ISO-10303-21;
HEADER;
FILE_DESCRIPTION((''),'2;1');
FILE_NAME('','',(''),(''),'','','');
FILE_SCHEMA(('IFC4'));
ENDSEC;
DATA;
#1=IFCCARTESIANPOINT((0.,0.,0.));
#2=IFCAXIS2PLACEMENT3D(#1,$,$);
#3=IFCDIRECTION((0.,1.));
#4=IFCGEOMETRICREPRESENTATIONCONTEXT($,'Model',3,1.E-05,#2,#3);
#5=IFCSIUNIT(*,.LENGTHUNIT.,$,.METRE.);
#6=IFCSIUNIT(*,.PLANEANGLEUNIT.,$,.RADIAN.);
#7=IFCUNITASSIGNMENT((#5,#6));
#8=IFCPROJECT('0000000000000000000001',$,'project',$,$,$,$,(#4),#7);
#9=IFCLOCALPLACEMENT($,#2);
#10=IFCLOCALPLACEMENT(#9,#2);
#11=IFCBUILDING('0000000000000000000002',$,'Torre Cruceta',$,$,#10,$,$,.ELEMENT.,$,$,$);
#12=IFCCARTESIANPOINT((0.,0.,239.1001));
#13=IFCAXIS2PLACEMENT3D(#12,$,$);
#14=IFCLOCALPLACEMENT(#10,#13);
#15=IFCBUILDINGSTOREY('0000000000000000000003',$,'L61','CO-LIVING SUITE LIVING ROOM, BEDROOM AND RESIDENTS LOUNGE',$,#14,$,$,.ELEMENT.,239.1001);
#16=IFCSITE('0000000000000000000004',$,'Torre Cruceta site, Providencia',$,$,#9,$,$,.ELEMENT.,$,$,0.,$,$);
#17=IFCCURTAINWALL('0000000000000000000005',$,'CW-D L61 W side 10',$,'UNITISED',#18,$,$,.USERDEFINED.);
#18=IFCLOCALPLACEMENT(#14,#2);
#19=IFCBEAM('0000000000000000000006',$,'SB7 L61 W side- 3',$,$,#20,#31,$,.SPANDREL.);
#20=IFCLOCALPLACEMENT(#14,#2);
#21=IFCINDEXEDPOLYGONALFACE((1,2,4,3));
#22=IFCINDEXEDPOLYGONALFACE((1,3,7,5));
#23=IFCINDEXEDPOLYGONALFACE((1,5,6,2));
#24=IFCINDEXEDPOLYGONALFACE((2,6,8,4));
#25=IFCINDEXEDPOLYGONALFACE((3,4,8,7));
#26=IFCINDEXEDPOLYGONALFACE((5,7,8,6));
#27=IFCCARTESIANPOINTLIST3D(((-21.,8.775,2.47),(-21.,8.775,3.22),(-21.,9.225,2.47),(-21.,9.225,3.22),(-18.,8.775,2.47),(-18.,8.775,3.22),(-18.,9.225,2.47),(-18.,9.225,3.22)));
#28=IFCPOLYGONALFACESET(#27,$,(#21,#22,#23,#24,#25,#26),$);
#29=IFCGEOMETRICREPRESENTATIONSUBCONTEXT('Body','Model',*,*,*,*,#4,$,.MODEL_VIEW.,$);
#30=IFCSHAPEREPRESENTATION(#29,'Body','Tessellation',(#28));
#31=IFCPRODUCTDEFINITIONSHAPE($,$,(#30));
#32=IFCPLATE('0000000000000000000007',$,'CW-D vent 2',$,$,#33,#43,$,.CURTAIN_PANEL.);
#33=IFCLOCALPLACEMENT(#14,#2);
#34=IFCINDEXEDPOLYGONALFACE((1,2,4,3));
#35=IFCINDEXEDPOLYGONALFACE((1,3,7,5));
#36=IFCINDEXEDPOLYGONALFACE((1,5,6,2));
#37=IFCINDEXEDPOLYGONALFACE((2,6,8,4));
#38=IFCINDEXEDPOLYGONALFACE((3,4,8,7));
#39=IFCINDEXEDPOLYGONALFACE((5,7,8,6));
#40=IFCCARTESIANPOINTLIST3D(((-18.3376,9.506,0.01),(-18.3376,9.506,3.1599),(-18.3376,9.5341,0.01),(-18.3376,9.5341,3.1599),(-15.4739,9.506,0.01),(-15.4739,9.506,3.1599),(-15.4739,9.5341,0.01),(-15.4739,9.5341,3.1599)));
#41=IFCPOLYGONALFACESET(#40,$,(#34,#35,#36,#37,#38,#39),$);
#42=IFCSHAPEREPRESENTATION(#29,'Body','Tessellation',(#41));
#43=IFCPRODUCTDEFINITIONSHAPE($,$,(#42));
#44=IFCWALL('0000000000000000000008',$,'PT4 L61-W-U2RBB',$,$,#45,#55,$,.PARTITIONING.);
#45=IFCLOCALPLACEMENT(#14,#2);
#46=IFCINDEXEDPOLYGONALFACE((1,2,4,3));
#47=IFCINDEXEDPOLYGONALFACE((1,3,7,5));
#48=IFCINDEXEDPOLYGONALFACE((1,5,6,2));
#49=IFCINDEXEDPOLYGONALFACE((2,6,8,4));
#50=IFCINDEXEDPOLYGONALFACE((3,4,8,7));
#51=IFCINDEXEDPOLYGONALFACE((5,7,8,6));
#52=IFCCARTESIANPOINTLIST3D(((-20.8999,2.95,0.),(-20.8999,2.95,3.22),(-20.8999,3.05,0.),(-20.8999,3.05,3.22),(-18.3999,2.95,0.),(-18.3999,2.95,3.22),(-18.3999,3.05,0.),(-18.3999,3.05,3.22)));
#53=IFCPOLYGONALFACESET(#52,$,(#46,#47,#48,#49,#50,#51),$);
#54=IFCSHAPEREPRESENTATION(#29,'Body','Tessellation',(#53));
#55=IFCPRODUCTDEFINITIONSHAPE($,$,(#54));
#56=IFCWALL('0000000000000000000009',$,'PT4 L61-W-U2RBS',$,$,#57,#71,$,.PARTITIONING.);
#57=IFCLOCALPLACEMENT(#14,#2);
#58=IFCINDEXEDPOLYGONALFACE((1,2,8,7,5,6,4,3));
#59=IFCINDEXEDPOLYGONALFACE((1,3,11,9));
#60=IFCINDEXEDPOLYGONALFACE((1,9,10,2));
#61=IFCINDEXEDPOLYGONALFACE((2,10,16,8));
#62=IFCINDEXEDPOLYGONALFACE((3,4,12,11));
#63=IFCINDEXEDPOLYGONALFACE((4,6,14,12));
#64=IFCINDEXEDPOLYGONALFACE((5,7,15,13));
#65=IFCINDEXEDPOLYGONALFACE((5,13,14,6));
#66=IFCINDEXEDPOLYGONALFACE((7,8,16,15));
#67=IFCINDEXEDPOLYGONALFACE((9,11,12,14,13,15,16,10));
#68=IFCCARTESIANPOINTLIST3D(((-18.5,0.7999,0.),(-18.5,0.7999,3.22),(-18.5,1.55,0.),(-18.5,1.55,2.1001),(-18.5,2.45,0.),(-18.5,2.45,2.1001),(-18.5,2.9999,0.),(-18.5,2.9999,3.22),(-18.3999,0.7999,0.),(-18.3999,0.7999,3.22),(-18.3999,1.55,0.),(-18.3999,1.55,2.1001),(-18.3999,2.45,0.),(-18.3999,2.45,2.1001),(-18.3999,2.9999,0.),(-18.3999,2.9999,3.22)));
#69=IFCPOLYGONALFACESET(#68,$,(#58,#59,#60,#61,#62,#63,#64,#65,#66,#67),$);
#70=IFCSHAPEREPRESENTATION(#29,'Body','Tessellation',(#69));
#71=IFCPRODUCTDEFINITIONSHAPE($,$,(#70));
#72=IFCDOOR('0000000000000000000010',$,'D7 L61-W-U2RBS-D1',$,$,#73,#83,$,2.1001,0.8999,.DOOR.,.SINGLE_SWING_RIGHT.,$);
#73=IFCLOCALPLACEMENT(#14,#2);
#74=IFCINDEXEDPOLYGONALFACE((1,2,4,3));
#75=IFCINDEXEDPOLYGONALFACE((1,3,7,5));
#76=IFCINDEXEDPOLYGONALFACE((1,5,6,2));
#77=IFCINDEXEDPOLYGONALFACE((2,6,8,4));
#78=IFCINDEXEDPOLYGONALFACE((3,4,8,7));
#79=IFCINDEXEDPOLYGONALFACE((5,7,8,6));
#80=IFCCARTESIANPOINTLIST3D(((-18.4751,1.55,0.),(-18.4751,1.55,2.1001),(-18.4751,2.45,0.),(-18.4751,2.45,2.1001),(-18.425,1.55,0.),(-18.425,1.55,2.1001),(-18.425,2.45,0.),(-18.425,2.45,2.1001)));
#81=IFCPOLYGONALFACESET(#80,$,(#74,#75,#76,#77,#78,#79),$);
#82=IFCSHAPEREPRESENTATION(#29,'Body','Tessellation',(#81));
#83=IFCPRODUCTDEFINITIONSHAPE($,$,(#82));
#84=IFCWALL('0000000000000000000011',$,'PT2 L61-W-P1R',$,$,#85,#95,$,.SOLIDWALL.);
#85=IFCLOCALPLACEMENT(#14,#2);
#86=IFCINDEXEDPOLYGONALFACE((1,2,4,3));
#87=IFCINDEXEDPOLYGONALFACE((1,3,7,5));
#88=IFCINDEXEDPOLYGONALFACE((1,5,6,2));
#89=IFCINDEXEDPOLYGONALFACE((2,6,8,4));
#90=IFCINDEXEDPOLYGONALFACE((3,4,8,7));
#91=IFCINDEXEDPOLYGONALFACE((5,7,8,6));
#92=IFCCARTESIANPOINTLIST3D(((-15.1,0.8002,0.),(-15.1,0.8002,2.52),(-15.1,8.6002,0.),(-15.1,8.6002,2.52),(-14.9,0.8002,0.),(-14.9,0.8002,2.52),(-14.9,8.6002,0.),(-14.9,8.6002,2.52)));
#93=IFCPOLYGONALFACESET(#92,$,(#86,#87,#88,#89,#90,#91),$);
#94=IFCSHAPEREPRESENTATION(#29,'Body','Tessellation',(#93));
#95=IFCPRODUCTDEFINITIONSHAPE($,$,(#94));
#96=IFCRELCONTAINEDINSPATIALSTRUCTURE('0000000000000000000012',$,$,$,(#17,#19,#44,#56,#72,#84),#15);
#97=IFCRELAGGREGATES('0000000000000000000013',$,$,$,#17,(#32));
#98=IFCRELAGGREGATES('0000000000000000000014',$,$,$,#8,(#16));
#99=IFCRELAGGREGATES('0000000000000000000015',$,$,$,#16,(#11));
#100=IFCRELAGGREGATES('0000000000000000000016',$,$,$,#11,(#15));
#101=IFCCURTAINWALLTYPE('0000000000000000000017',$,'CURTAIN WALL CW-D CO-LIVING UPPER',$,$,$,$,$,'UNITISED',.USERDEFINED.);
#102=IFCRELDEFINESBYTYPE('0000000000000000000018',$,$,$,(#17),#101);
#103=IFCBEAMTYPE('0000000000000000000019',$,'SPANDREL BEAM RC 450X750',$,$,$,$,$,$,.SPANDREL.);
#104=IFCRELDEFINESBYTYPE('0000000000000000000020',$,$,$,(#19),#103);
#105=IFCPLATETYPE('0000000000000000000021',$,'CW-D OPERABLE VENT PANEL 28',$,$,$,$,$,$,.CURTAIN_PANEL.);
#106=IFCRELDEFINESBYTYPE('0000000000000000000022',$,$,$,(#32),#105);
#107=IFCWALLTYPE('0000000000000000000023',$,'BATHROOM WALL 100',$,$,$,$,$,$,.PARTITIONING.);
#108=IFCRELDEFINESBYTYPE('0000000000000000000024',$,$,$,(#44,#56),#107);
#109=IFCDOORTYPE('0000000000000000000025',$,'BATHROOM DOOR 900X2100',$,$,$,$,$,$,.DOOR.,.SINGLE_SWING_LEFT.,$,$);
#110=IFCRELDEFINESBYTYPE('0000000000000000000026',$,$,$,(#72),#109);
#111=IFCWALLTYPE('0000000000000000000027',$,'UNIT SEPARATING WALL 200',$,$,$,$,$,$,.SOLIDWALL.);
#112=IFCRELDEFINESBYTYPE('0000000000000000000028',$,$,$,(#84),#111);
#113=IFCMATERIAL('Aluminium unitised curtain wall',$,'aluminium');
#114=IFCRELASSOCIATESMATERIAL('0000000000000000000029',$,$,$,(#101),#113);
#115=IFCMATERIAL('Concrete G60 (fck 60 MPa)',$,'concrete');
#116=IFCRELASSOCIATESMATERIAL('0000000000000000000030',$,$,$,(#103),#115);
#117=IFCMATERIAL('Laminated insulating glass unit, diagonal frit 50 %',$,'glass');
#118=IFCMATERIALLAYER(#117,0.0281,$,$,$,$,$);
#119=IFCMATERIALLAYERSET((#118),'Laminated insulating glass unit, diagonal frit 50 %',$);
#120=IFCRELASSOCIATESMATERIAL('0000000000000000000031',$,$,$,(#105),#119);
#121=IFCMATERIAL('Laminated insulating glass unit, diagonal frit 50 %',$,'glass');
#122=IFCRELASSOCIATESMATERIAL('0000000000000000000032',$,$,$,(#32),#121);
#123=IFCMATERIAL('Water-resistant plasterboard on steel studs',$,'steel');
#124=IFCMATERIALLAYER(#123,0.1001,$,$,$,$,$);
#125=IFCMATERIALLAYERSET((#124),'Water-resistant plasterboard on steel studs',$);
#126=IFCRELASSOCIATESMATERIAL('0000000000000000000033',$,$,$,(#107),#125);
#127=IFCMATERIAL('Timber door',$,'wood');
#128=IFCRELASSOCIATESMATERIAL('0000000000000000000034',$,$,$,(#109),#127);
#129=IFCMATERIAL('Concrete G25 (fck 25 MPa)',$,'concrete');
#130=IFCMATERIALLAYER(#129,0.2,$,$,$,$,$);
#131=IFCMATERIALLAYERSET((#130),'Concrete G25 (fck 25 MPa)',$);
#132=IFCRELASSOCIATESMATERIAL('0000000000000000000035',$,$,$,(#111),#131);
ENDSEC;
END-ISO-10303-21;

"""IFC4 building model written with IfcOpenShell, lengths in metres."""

from ifc_helpers import new_model, si_unit, direction, frame, frame_2d, origin, origin_2d, place, context, subcontext, project, spatial, rectangle, extrude, material, layer, layer_set, material_profile, profile_set, type_object, element, fill, aggregate, save


model = new_model("IFC4")

# Units and contexts
model_context = context("Model", 3, precision=1e-05, world=origin(), true_north=direction((0.0, 1.0)))
body_context = subcontext(model_context, "Body", "Model", "MODEL_VIEW")
ifc_project = project(units=[si_unit("LENGTHUNIT", "METRE"), si_unit("PLANEANGLEUNIT", "RADIAN")], contexts=[model_context])

# Site, building, storey
site_placement = place(None, origin())
site = spatial("IfcSite", under=ifc_project, at=site_placement, Name="Torre Cruceta site, Providencia", CompositionType="ELEMENT", RefElevation=0.0)
building_placement = place(site_placement, origin())
building = spatial("IfcBuilding", under=site, at=building_placement, Name="Torre Cruceta", CompositionType="ELEMENT")
storey_placement = place(building_placement, frame((0.0, 0.0, 239.1001)))
storey = spatial("IfcBuildingStorey", under=building, at=storey_placement, Name="L61", Description="CO-LIVING SUITE LIVING ROOM, BEDROOM AND RESIDENTS LOUNGE", CompositionType="ELEMENT", Elevation=239.1001)

# Curtain wall
ifc_material_1 = material(Name="Aluminium unitised curtain wall", Category="aluminium")
curtain_wall_type = type_object("IfcCurtainWallType", Name="CURTAIN WALL CW-D CO-LIVING UPPER", ElementType="UNITISED", PredefinedType="USERDEFINED", material=ifc_material_1)
curtain_wall_placement = place(storey_placement, origin())
curtain_wall = element("IfcCurtainWall", 1, at=curtain_wall_placement, inside=storey, type_object=curtain_wall_type, Name="CW-D L61 W side 10", ObjectType="UNITISED", PredefinedType="USERDEFINED")

# Beam
ifc_material_2 = material(Name="Concrete G60 (fck 60 MPa)", Category="concrete")
ifc_material_profile_1 = material_profile(ifc_material_2, rectangle(XDim=0.45, YDim=0.75, at=origin_2d()), Name="RC 450X750")
ifc_profile_set_1 = profile_set([ifc_material_profile_1], Name="Concrete G60 (fck 60 MPa)")
beam_type_1 = type_object("IfcBeamType", Name="SPANDREL BEAM RC 450X750", PredefinedType="SPANDREL", material=ifc_profile_set_1)
for number, where, z_axis, x_axis, name in (
    (2, (-18.0, 9.0, 2.845), (-1.0, 0.0, 0.0), (0.0, -1.0, 0.0), "SB7 L61 W side- 3"),
):
    element("IfcBeam", number, at=place(storey_placement, frame(where, z_axis=z_axis, x_axis=x_axis)), inside=storey, type_object=beam_type_1, Name=name, PredefinedType="SPANDREL", context=body_context, shape_type="SweptSolid", body=[
        extrude(rectangle(XDim=0.45, YDim=0.75, at=origin_2d()), origin(), (0.0, 0.0, 1.0), 3.0),
    ])

# Plate
ifc_material_3 = material(Name="Laminated insulating glass unit, diagonal frit 50 %", Category="glass")
ifc_material_4 = material(Name="Laminated insulating glass unit, diagonal frit 50 %", Category="glass")
ifc_layer_1 = layer(ifc_material_4, 0.0281)
ifc_layer_set_1 = layer_set([ifc_layer_1], Name="Laminated insulating glass unit, diagonal frit 50 %")
plate_type = type_object("IfcPlateType", Name="CW-D OPERABLE VENT PANEL 28", PredefinedType="CURTAIN_PANEL", material=ifc_layer_set_1)
plate_placement = place(storey_placement, frame((-16.9058, 9.52, 0.01), z_axis=(0.0, 0.0, 1.0), x_axis=(-1.0, 0.0, 0.0)))
plate = element("IfcPlate", 3, at=plate_placement, type_object=plate_type, material=ifc_material_3, Name="CW-D vent 2", PredefinedType="CURTAIN_PANEL", context=body_context, shape_type="SweptSolid", body=[
    extrude(rectangle(XDim=2.8638, YDim=0.0281, at=origin_2d()), origin(), (0.0, 0.0, 1.0), 3.1499),
])
aggregate(curtain_wall, [plate])

# Wall
ifc_material_5 = material(Name="Water-resistant plasterboard on steel studs", Category="steel")
ifc_layer_2 = layer(ifc_material_5, 0.1001)
ifc_layer_set_2 = layer_set([ifc_layer_2], Name="Water-resistant plasterboard on steel studs")
wall_type_1 = type_object("IfcWallType", Name="BATHROOM WALL 100", PredefinedType="PARTITIONING", material=ifc_layer_set_2)
wall_1_placement = place(storey_placement, frame((-18.3999, 3.0, 0.0), z_axis=(0.0, 0.0, 1.0), x_axis=(-1.0, 0.0, 0.0)))
element("IfcWall", 4, at=wall_1_placement, inside=storey, type_object=wall_type_1, Name="PT4 L61-W-U2RBB", PredefinedType="PARTITIONING", context=body_context, shape_type="SweptSolid", body=[
    extrude(rectangle(XDim=2.5, YDim=0.1001, at=frame_2d((1.25, 0.0))), origin(), (0.0, 0.0, 1.0), 3.22),
])

# Wall, opening, door
wall_2_placement = place(storey_placement, frame((-18.45, 3.0, 0.0), z_axis=(0.0, 0.0, 1.0), x_axis=(0.0, -1.0, 0.0)))
wall_2 = element("IfcWall", 5, at=wall_2_placement, inside=storey, type_object=wall_type_1, Name="PT4 L61-W-U2RBS", PredefinedType="PARTITIONING", context=body_context, shape_type="SweptSolid", body=[
    extrude(rectangle(XDim=2.2, YDim=0.1001, at=frame_2d((1.1001, 0.0))), origin(), (0.0, 0.0, 1.0), 3.22),
])
opening_placement = place(wall_2_placement, frame((0.55, 0.0, 0.0)))
opening = element("IfcOpeningElement", 6, at=opening_placement, cuts=wall_2, PredefinedType="OPENING", context=body_context, shape_type="SweptSolid", body=[
    extrude(rectangle(XDim=0.8999, YDim=2.1001, at=frame_2d((0.45, 1.05))), frame((0.0, 0.0601, 0.0), z_axis=(0.0, -1.0, 0.0), x_axis=(1.0, 0.0, 0.0)), (0.0, 0.0, 1.0), 0.1201),
])
ifc_material_6 = material(Name="Timber door", Category="wood")
door_type = type_object("IfcDoorType", Name="BATHROOM DOOR 900X2100", OperationType="SINGLE_SWING_LEFT", PredefinedType="DOOR", material=ifc_material_6)
door_placement = place(opening_placement, frame((0.8999, 0.0, 0.0), z_axis=(0.0, 0.0, 1.0), x_axis=(-1.0, 0.0, 0.0)))
door = element("IfcDoor", 7, at=door_placement, inside=storey, type_object=door_type, Name="D7 L61-W-U2RBS-D1", OperationType="SINGLE_SWING_RIGHT", OverallHeight=2.1001, OverallWidth=0.8999, PredefinedType="DOOR", context=body_context, shape_type="SweptSolid", body=[
    extrude(rectangle(XDim=0.8999, YDim=2.1001, at=frame_2d((0.45, 1.05))), frame((0.0, 0.0251, 0.0), z_axis=(0.0, -1.0, 0.0), x_axis=(1.0, 0.0, 0.0)), (0.0, 0.0, 1.0), 0.05),
])
fill(opening, door)

# Wall
ifc_material_7 = material(Name="Concrete G25 (fck 25 MPa)", Category="concrete")
ifc_layer_3 = layer(ifc_material_7, 0.2)
ifc_layer_set_3 = layer_set([ifc_layer_3], Name="Concrete G25 (fck 25 MPa)")
wall_type_2 = type_object("IfcWallType", Name="UNIT SEPARATING WALL 200", PredefinedType="SOLIDWALL", material=ifc_layer_set_3)
wall_3_placement = place(storey_placement, frame((-15.0, 8.6001, 0.0), z_axis=(0.0, 0.0, 1.0), x_axis=(0.0, -1.0, 0.0)))
element("IfcWall", 8, at=wall_3_placement, inside=storey, type_object=wall_type_2, Name="PT2 L61-W-P1R", PredefinedType="SOLIDWALL", context=body_context, shape_type="SweptSolid", body=[
    extrude(rectangle(XDim=7.8, YDim=0.2, at=frame_2d((3.8999, 0.0))), origin(), (0.0, 0.0, 1.0), 2.52),
])

save(model, "model.ifc")
